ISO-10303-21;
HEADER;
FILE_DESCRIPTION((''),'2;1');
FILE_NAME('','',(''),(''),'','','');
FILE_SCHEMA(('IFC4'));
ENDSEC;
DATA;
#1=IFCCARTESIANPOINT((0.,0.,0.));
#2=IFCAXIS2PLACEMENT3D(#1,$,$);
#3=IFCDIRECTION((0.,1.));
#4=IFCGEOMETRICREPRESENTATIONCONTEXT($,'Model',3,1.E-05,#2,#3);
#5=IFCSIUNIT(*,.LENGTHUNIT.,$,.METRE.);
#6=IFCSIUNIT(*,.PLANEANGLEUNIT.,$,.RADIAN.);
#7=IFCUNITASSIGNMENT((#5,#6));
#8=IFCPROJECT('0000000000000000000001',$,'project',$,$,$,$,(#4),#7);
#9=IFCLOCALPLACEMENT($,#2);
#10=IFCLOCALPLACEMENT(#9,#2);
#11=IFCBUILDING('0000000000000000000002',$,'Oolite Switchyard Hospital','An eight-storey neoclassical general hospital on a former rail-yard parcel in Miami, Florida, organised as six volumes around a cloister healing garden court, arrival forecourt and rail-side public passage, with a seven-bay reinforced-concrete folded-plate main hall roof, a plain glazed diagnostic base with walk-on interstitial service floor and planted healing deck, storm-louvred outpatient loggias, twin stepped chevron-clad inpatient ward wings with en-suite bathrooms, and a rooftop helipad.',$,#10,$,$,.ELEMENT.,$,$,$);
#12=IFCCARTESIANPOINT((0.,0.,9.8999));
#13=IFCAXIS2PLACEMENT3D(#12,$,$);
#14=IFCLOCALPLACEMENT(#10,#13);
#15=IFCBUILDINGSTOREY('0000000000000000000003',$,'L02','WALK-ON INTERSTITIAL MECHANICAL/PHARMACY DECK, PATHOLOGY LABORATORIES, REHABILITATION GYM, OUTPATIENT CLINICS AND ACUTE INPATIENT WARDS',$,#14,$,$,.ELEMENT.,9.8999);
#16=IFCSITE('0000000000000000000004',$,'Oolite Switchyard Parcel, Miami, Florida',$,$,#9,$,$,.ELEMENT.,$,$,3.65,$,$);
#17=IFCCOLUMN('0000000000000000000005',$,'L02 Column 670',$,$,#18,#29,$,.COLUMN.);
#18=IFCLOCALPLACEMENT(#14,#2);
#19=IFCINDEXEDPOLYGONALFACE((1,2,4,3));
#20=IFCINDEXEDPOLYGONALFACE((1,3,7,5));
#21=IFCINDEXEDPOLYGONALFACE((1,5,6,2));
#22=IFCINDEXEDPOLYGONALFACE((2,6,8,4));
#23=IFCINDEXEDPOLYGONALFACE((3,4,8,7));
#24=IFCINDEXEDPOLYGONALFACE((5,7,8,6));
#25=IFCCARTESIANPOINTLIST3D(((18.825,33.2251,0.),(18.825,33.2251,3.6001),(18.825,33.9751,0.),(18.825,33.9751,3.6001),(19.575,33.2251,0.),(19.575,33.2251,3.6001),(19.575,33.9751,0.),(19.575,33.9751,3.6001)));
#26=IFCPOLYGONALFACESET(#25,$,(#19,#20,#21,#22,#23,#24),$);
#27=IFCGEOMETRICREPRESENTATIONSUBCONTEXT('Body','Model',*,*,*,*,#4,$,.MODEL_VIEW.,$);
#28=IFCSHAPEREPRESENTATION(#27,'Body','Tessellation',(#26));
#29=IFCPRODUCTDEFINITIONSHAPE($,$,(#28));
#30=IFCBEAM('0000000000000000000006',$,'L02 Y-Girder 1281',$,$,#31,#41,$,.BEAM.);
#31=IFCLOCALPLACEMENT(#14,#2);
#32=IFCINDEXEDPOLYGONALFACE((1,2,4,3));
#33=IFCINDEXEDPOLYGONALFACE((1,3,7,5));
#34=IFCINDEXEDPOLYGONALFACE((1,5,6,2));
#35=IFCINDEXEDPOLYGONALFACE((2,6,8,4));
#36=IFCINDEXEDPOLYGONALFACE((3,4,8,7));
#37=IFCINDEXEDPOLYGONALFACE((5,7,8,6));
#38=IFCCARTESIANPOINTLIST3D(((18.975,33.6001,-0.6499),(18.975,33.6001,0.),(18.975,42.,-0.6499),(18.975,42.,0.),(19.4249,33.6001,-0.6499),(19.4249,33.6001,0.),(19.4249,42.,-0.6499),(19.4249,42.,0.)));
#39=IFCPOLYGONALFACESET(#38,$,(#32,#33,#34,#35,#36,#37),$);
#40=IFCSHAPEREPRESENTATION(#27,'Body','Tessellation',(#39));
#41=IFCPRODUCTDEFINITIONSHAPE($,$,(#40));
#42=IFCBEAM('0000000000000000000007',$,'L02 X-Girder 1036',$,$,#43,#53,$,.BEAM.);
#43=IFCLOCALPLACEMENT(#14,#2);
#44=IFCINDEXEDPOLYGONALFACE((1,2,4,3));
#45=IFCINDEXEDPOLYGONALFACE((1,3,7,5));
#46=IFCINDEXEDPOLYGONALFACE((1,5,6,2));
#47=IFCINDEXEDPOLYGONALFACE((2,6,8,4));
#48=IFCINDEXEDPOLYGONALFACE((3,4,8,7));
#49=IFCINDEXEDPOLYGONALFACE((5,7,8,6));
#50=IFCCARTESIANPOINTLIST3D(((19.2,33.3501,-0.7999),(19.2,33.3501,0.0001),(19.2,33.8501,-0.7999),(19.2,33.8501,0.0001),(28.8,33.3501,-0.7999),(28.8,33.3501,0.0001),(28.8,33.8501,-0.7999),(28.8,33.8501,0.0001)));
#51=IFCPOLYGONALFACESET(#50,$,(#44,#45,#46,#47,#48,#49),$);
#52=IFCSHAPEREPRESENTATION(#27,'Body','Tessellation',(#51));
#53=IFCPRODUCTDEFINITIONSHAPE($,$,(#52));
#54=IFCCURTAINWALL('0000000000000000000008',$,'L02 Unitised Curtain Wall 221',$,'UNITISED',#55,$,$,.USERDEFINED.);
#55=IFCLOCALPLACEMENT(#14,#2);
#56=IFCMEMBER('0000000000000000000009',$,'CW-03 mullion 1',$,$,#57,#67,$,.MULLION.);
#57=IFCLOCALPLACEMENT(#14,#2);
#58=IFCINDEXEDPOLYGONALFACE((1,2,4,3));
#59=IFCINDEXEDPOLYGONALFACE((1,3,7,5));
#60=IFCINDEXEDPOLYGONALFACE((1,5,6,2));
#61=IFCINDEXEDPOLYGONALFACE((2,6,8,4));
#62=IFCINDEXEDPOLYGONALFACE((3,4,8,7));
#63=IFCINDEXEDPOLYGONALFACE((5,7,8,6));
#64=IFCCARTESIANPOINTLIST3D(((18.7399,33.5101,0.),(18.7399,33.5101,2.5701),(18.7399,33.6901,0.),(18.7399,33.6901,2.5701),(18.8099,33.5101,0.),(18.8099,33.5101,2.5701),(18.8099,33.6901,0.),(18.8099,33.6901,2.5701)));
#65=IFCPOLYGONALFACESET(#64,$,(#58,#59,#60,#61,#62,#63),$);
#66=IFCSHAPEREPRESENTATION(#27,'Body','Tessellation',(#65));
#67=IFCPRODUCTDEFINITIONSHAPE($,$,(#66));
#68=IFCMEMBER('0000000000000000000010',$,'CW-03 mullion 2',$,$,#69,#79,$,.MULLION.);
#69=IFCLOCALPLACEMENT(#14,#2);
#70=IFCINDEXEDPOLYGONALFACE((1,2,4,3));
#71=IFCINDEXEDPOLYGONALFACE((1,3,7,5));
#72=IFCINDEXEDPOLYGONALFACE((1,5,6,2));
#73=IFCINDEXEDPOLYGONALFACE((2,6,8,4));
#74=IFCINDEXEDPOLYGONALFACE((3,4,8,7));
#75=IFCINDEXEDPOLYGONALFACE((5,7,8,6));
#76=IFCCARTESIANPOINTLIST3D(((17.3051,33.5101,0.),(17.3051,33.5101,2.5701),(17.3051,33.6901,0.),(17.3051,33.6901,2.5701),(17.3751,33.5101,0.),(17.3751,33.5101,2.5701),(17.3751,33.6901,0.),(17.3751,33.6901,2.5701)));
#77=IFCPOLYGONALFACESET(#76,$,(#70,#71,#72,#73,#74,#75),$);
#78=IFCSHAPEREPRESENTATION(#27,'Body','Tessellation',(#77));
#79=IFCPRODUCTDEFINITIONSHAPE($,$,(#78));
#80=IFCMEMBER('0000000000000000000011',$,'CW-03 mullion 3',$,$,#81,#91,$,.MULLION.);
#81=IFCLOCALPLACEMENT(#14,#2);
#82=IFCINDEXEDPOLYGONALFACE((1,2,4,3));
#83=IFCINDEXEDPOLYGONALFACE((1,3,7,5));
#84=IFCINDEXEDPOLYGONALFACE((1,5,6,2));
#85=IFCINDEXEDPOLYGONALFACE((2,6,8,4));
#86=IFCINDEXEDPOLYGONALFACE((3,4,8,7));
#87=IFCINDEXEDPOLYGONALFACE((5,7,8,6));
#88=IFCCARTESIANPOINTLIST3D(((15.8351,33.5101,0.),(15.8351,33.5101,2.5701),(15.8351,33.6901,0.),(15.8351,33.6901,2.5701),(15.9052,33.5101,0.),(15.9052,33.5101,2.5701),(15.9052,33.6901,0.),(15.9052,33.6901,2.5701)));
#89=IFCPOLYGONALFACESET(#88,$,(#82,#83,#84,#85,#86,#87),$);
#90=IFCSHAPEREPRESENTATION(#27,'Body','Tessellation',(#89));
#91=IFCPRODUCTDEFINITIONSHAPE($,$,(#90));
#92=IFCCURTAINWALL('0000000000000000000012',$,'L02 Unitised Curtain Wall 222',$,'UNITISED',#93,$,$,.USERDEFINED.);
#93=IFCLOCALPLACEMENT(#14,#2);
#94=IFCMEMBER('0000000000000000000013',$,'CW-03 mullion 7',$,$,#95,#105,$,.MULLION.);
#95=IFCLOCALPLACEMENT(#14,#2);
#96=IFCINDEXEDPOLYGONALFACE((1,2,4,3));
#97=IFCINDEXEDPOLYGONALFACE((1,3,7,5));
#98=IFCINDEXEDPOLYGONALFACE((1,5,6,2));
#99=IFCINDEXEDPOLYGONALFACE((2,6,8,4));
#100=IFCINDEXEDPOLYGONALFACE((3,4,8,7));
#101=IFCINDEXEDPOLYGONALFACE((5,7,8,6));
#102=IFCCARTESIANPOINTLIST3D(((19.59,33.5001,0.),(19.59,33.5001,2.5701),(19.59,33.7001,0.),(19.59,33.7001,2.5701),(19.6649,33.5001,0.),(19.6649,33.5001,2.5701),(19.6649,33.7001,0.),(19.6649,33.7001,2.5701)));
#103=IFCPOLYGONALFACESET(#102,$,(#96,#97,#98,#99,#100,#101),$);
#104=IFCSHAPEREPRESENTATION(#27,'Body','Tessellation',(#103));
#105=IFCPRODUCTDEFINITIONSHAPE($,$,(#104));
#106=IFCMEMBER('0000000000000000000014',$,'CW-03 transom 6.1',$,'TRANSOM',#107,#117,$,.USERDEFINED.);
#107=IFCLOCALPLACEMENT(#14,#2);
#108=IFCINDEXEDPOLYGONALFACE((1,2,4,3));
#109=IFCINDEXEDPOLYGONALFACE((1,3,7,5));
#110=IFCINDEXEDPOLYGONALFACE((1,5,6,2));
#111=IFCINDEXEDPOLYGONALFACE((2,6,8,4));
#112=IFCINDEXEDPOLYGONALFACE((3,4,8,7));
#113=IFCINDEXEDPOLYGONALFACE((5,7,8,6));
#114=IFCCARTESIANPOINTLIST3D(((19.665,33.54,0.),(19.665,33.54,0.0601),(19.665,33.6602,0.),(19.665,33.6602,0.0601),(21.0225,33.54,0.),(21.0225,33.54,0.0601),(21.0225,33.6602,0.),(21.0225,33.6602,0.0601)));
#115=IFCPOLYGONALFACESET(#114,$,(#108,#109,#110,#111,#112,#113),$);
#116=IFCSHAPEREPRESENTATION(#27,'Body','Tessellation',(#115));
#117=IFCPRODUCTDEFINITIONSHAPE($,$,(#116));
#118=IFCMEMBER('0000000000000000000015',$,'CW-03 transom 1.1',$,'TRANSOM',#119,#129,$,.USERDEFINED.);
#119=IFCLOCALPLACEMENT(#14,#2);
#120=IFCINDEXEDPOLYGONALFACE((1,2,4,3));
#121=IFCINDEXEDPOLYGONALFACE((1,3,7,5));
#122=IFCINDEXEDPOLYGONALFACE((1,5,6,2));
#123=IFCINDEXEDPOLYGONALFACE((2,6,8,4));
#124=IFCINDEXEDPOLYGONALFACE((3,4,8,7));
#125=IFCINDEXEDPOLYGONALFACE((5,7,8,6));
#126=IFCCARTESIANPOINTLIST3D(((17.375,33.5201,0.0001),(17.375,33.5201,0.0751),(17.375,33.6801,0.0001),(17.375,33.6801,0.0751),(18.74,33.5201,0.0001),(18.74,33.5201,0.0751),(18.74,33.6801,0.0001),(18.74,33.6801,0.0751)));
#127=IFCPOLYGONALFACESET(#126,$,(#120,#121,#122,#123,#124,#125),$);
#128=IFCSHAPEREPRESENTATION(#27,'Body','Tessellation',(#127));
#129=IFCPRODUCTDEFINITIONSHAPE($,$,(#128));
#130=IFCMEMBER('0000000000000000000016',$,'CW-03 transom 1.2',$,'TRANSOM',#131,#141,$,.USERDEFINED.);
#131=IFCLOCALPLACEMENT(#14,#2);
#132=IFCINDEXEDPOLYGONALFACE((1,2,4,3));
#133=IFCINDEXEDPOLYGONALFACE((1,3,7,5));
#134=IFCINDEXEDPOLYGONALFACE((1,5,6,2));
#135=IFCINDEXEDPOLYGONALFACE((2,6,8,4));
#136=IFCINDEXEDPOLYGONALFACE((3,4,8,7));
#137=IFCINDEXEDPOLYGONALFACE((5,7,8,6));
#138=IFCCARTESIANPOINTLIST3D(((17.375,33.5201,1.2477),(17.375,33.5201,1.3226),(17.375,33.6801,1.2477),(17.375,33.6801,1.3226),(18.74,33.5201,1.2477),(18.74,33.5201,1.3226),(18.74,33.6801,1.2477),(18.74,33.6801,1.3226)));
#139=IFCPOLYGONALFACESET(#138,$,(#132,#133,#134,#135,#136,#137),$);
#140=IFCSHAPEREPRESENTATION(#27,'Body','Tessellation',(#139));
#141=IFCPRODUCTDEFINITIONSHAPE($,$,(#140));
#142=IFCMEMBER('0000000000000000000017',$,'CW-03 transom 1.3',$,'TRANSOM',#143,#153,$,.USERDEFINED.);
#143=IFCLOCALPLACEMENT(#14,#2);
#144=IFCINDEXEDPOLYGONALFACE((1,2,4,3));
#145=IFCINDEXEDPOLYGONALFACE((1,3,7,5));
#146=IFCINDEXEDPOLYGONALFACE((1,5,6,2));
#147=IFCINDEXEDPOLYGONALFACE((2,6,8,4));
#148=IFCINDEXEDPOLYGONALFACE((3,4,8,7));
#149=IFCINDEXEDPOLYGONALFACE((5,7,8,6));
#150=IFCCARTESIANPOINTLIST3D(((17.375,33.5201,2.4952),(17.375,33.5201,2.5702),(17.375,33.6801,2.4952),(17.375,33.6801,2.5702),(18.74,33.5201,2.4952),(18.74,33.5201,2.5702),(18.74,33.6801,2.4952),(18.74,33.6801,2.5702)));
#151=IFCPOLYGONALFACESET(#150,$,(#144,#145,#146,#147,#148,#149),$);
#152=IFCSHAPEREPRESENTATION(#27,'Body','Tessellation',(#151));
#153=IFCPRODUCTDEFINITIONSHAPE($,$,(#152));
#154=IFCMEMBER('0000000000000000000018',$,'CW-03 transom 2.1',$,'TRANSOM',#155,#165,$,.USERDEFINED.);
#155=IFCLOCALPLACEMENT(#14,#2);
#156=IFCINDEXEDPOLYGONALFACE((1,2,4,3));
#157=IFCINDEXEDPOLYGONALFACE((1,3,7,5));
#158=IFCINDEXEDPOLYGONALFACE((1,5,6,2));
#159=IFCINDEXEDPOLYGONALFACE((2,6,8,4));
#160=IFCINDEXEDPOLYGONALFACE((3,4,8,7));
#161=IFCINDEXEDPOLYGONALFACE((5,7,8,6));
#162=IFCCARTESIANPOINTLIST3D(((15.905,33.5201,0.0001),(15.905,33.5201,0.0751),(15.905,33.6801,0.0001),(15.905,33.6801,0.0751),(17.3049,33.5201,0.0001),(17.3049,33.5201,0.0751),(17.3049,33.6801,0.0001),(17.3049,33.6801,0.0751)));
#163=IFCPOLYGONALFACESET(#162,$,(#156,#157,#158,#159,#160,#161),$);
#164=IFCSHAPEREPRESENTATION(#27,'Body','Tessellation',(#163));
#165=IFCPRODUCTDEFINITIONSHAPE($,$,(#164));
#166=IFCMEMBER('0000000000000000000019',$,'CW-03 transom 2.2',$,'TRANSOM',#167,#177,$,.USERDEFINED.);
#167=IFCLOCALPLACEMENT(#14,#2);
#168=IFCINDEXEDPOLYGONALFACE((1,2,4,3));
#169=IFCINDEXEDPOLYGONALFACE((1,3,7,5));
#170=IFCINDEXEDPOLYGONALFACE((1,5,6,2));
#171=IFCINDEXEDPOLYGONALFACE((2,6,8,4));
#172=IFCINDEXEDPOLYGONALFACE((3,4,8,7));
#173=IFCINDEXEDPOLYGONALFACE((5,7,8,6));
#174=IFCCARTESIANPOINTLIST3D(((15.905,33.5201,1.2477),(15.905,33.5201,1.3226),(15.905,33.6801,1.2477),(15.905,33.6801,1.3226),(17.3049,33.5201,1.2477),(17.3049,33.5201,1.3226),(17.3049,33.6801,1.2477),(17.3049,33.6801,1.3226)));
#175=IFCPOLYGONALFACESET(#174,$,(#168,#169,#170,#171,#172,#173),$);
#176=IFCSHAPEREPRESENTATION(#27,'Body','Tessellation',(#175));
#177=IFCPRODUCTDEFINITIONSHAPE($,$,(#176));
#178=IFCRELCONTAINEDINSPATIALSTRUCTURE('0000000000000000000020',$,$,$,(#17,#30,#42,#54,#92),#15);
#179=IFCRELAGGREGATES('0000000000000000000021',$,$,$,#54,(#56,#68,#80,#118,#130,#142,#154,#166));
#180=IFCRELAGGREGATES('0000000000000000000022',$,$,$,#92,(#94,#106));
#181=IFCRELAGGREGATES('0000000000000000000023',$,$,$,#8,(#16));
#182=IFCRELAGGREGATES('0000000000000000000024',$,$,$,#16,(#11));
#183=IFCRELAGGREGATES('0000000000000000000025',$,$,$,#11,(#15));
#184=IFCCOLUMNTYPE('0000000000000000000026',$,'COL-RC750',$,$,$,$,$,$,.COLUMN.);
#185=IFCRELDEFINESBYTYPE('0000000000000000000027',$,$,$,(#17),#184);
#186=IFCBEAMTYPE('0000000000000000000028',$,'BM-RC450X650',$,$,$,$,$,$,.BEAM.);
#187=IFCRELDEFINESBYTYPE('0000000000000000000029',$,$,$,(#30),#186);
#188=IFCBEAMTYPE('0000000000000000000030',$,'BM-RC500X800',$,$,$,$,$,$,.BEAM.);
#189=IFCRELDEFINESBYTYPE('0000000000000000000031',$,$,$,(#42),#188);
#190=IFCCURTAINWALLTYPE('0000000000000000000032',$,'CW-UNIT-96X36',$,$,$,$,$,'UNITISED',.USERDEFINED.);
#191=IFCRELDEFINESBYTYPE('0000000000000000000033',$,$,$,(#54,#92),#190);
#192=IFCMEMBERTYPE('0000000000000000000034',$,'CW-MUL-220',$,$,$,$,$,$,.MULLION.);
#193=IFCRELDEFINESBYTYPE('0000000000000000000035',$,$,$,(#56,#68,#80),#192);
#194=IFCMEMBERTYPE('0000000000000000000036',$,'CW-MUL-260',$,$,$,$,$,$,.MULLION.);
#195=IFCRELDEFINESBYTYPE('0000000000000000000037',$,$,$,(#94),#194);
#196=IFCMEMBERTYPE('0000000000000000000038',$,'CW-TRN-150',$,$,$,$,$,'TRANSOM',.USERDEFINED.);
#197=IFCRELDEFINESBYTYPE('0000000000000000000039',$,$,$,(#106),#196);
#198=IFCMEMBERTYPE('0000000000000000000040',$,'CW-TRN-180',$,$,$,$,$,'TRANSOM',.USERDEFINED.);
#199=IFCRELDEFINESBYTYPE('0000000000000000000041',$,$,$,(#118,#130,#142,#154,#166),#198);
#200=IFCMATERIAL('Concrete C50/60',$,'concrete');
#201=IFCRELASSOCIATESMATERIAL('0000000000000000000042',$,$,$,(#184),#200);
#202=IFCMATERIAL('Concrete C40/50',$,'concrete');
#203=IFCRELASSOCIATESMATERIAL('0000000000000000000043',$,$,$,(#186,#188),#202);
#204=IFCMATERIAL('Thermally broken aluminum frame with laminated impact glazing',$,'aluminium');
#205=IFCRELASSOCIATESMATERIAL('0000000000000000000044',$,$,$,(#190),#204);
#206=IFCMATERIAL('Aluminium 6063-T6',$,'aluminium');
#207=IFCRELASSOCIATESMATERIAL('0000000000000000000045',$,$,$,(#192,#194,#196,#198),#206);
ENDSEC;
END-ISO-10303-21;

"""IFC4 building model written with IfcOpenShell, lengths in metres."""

from ifc_helpers import new_model, si_unit, direction, frame, origin, origin_2d, place, context, subcontext, project, spatial, rectangle, extrude, material, material_profile, profile_set, type_object, element, aggregate, save


model = new_model("IFC4")

# Units and contexts
model_context = context("Model", 3, precision=1e-05, world=origin(), true_north=direction((0.0, 1.0)))
body_context = subcontext(model_context, "Body", "Model", "MODEL_VIEW")
ifc_project = project(units=[si_unit("LENGTHUNIT", "METRE"), si_unit("PLANEANGLEUNIT", "RADIAN")], contexts=[model_context])

# Site, building, storey
site_placement = place(None, origin())
site = spatial("IfcSite", under=ifc_project, at=site_placement, Name="Oolite Switchyard Parcel, Miami, Florida", CompositionType="ELEMENT", RefElevation=3.65)
building_placement = place(site_placement, origin())
building = spatial("IfcBuilding", under=site, at=building_placement, Name="Oolite Switchyard Hospital", Description="An eight-storey neoclassical general hospital on a former rail-yard parcel in Miami, Florida, organised as six volumes around a cloister healing garden court, arrival forecourt and rail-side public passage, with a seven-bay reinforced-concrete folded-plate main hall roof, a plain glazed diagnostic base with walk-on interstitial service floor and planted healing deck, storm-louvred outpatient loggias, twin stepped chevron-clad inpatient ward wings with en-suite bathrooms, and a rooftop helipad.", CompositionType="ELEMENT")
storey_placement = place(building_placement, frame((0.0, 0.0, 9.8999)))
storey = spatial("IfcBuildingStorey", under=building, at=storey_placement, Name="L02", Description="WALK-ON INTERSTITIAL MECHANICAL/PHARMACY DECK, PATHOLOGY LABORATORIES, REHABILITATION GYM, OUTPATIENT CLINICS AND ACUTE INPATIENT WARDS", CompositionType="ELEMENT", Elevation=9.8999)

# Column
ifc_material_1 = material(Name="Concrete C50/60", Category="concrete")
ifc_material_profile_1 = material_profile(ifc_material_1, rectangle(XDim=0.75, YDim=0.75, at=origin_2d()), Name="RC750X750")
ifc_profile_set_1 = profile_set([ifc_material_profile_1], Name="Concrete C50/60")
column_type = type_object("IfcColumnType", Name="COL-RC750", PredefinedType="COLUMN", material=ifc_profile_set_1)
column_placement = place(storey_placement, frame((19.2, 33.6001, 0.0), z_axis=(0.0, 0.0, 1.0), x_axis=(1.0, 0.0, 0.0)))
element("IfcColumn", 1, at=column_placement, inside=storey, type_object=column_type, Name="L02 Column 670", PredefinedType="COLUMN", context=body_context, shape_type="SweptSolid", body=[
    extrude(rectangle(XDim=0.75, YDim=0.75, at=origin_2d()), origin(), (0.0, 0.0, 1.0), 3.6001),
])

# Beams
ifc_material_2 = material(Name="Concrete C40/50", Category="concrete")
ifc_material_profile_2 = material_profile(ifc_material_2, rectangle(XDim=0.45, YDim=0.6499, at=origin_2d()), Name="RCB450X650")
ifc_profile_set_2 = profile_set([ifc_material_profile_2], Name="Concrete C40/50")
beam_type_1 = type_object("IfcBeamType", Name="BM-RC450X650", PredefinedType="BEAM", material=ifc_profile_set_2)
beam_1_placement = place(storey_placement, frame((19.2, 33.6001, -0.325), z_axis=(0.0, 1.0, 0.0), x_axis=(-1.0, 0.0, 0.0)))
element("IfcBeam", 2, at=beam_1_placement, inside=storey, type_object=beam_type_1, Name="L02 Y-Girder 1281", PredefinedType="BEAM", context=body_context, shape_type="SweptSolid", body=[
    extrude(rectangle(XDim=0.45, YDim=0.6499, at=origin_2d()), origin(), (0.0, 0.0, 1.0), 8.3999),
])
ifc_material_profile_3 = material_profile(ifc_material_2, rectangle(XDim=0.5, YDim=0.8, at=origin_2d()), Name="RCB500X800")
ifc_profile_set_3 = profile_set([ifc_material_profile_3], Name="Concrete C40/50")
beam_type_2 = type_object("IfcBeamType", Name="BM-RC500X800", PredefinedType="BEAM", material=ifc_profile_set_3)
beam_2_placement = place(storey_placement, frame((19.2, 33.6001, -0.3999), z_axis=(1.0, 0.0, 0.0), x_axis=(0.0, 1.0, 0.0)))
element("IfcBeam", 3, at=beam_2_placement, inside=storey, type_object=beam_type_2, Name="L02 X-Girder 1036", PredefinedType="BEAM", context=body_context, shape_type="SweptSolid", body=[
    extrude(rectangle(XDim=0.5, YDim=0.8, at=origin_2d()), origin(), (0.0, 0.0, 1.0), 9.6001),
])

# Curtain walls, members
ifc_material_3 = material(Name="Thermally broken aluminum frame with laminated impact glazing", Category="aluminium")
curtain_wall_type = type_object("IfcCurtainWallType", Name="CW-UNIT-96X36", ElementType="UNITISED", PredefinedType="USERDEFINED", material=ifc_material_3)
curtain_wall_1_placement = place(storey_placement, origin())
curtain_wall_1 = element("IfcCurtainWall", 4, at=curtain_wall_1_placement, inside=storey, type_object=curtain_wall_type, Name="L02 Unitised Curtain Wall 221", ObjectType="UNITISED", PredefinedType="USERDEFINED")
ifc_material_4 = material(Name="Aluminium 6063-T6", Category="aluminium")
ifc_material_profile_4 = material_profile(ifc_material_4, rectangle(XDim=0.1799, YDim=0.0701, at=origin_2d()), Name="CWM70X180")
ifc_profile_set_4 = profile_set([ifc_material_profile_4], Name="Aluminium 6063-T6")
member_type_1 = type_object("IfcMemberType", Name="CW-MUL-220", PredefinedType="MULLION", material=ifc_profile_set_4)
member_1_placement = place(storey_placement, frame((18.7749, 33.6001, 0.0), z_axis=(0.0, 0.0, 1.0), x_axis=(0.0, -1.0, 0.0)))
member_1 = element("IfcMember", 5, at=member_1_placement, type_object=member_type_1, Name="CW-03 mullion 1", PredefinedType="MULLION", context=body_context, shape_type="SweptSolid", body=[
    extrude(rectangle(XDim=0.1799, YDim=0.0701, at=origin_2d()), origin(), (0.0, 0.0, 1.0), 2.5701),
])
member_2_placement = place(storey_placement, frame((17.3401, 33.6001, 0.0), z_axis=(0.0, 0.0, 1.0), x_axis=(0.0, -1.0, 0.0)))
member_2 = element("IfcMember", 6, at=member_2_placement, type_object=member_type_1, Name="CW-03 mullion 2", PredefinedType="MULLION", context=body_context, shape_type="SweptSolid", body=[
    extrude(rectangle(XDim=0.1799, YDim=0.0701, at=origin_2d()), origin(), (0.0, 0.0, 1.0), 2.5701),
])
member_3_placement = place(storey_placement, frame((15.8701, 33.6001, 0.0), z_axis=(0.0, 0.0, 1.0), x_axis=(0.0, -1.0, 0.0)))
member_3 = element("IfcMember", 7, at=member_3_placement, type_object=member_type_1, Name="CW-03 mullion 3", PredefinedType="MULLION", context=body_context, shape_type="SweptSolid", body=[
    extrude(rectangle(XDim=0.1799, YDim=0.0701, at=origin_2d()), origin(), (0.0, 0.0, 1.0), 2.5701),
])
curtain_wall_2_placement = place(storey_placement, origin())
curtain_wall_2 = element("IfcCurtainWall", 8, at=curtain_wall_2_placement, inside=storey, type_object=curtain_wall_type, Name="L02 Unitised Curtain Wall 222", ObjectType="UNITISED", PredefinedType="USERDEFINED")
ifc_material_profile_5 = material_profile(ifc_material_4, rectangle(XDim=0.2, YDim=0.075, at=origin_2d()), Name="CWM75X200")
ifc_profile_set_5 = profile_set([ifc_material_profile_5], Name="Aluminium 6063-T6")
member_type_2 = type_object("IfcMemberType", Name="CW-MUL-260", PredefinedType="MULLION", material=ifc_profile_set_5)
member_4_placement = place(storey_placement, frame((19.6274, 33.6001, 0.0), z_axis=(0.0, 0.0, 1.0), x_axis=(0.0, -1.0, 0.0)))
member_4 = element("IfcMember", 9, at=member_4_placement, type_object=member_type_2, Name="CW-03 mullion 7", PredefinedType="MULLION", context=body_context, shape_type="SweptSolid", body=[
    extrude(rectangle(XDim=0.2, YDim=0.075, at=origin_2d()), origin(), (0.0, 0.0, 1.0), 2.5701),
])
ifc_material_profile_6 = material_profile(ifc_material_4, rectangle(XDim=0.1201, YDim=0.0601, at=origin_2d()), Name="CWT60X120")
ifc_profile_set_6 = profile_set([ifc_material_profile_6], Name="Aluminium 6063-T6")
member_type_3 = type_object("IfcMemberType", Name="CW-TRN-150", ElementType="TRANSOM", PredefinedType="USERDEFINED", material=ifc_profile_set_6)
member_5_placement = place(storey_placement, frame((21.0225, 33.6001, 0.03), z_axis=(-1.0, 0.0, 0.0), x_axis=(0.0, -1.0, 0.0)))
member_5 = element("IfcMember", 10, at=member_5_placement, type_object=member_type_3, Name="CW-03 transom 6.1", ObjectType="TRANSOM", PredefinedType="USERDEFINED", context=body_context, shape_type="SweptSolid", body=[
    extrude(rectangle(XDim=0.1201, YDim=0.0601, at=origin_2d()), origin(), (0.0, 0.0, 1.0), 1.3574),
])

# Members
ifc_material_profile_7 = material_profile(ifc_material_4, rectangle(XDim=0.1599, YDim=0.075, at=origin_2d()), Name="CWT75X160")
ifc_profile_set_7 = profile_set([ifc_material_profile_7], Name="Aluminium 6063-T6")
member_type_4 = type_object("IfcMemberType", Name="CW-TRN-180", ElementType="TRANSOM", PredefinedType="USERDEFINED", material=ifc_profile_set_7)
member_6_placement = place(storey_placement, frame((18.74, 33.6001, 0.0376), z_axis=(-1.0, 0.0, 0.0), x_axis=(0.0, -1.0, 0.0)))
member_6 = element("IfcMember", 11, at=member_6_placement, type_object=member_type_4, Name="CW-03 transom 1.1", ObjectType="TRANSOM", PredefinedType="USERDEFINED", context=body_context, shape_type="SweptSolid", body=[
    extrude(rectangle(XDim=0.1599, YDim=0.075, at=origin_2d()), origin(), (0.0, 0.0, 1.0), 1.365),
])
member_7_placement = place(storey_placement, frame((18.74, 33.6001, 1.2852), z_axis=(-1.0, 0.0, 0.0), x_axis=(0.0, -1.0, 0.0)))
member_7 = element("IfcMember", 12, at=member_7_placement, type_object=member_type_4, Name="CW-03 transom 1.2", ObjectType="TRANSOM", PredefinedType="USERDEFINED", context=body_context, shape_type="SweptSolid", body=[
    extrude(rectangle(XDim=0.1599, YDim=0.075, at=origin_2d()), origin(), (0.0, 0.0, 1.0), 1.365),
])
member_8_placement = place(storey_placement, frame((18.74, 33.6001, 2.5327), z_axis=(-1.0, 0.0, 0.0), x_axis=(0.0, -1.0, 0.0)))
member_8 = element("IfcMember", 13, at=member_8_placement, type_object=member_type_4, Name="CW-03 transom 1.3", ObjectType="TRANSOM", PredefinedType="USERDEFINED", context=body_context, shape_type="SweptSolid", body=[
    extrude(rectangle(XDim=0.1599, YDim=0.075, at=origin_2d()), origin(), (0.0, 0.0, 1.0), 1.365),
])
member_9_placement = place(storey_placement, frame((17.3049, 33.6001, 0.0376), z_axis=(-1.0, 0.0, 0.0), x_axis=(0.0, -1.0, 0.0)))
member_9 = element("IfcMember", 14, at=member_9_placement, type_object=member_type_4, Name="CW-03 transom 2.1", ObjectType="TRANSOM", PredefinedType="USERDEFINED", context=body_context, shape_type="SweptSolid", body=[
    extrude(rectangle(XDim=0.1599, YDim=0.075, at=origin_2d()), origin(), (0.0, 0.0, 1.0), 1.3999),
])
member_10_placement = place(storey_placement, frame((17.3049, 33.6001, 1.2852), z_axis=(-1.0, 0.0, 0.0), x_axis=(0.0, -1.0, 0.0)))
member_10 = element("IfcMember", 15, at=member_10_placement, type_object=member_type_4, Name="CW-03 transom 2.2", ObjectType="TRANSOM", PredefinedType="USERDEFINED", context=body_context, shape_type="SweptSolid", body=[
    extrude(rectangle(XDim=0.1599, YDim=0.075, at=origin_2d()), origin(), (0.0, 0.0, 1.0), 1.3999),
])

aggregate(curtain_wall_1, [member_1, member_2, member_3, member_6, member_7, member_8, member_9, member_10])
aggregate(curtain_wall_2, [member_4, member_5])

save(model, "model.ifc")
